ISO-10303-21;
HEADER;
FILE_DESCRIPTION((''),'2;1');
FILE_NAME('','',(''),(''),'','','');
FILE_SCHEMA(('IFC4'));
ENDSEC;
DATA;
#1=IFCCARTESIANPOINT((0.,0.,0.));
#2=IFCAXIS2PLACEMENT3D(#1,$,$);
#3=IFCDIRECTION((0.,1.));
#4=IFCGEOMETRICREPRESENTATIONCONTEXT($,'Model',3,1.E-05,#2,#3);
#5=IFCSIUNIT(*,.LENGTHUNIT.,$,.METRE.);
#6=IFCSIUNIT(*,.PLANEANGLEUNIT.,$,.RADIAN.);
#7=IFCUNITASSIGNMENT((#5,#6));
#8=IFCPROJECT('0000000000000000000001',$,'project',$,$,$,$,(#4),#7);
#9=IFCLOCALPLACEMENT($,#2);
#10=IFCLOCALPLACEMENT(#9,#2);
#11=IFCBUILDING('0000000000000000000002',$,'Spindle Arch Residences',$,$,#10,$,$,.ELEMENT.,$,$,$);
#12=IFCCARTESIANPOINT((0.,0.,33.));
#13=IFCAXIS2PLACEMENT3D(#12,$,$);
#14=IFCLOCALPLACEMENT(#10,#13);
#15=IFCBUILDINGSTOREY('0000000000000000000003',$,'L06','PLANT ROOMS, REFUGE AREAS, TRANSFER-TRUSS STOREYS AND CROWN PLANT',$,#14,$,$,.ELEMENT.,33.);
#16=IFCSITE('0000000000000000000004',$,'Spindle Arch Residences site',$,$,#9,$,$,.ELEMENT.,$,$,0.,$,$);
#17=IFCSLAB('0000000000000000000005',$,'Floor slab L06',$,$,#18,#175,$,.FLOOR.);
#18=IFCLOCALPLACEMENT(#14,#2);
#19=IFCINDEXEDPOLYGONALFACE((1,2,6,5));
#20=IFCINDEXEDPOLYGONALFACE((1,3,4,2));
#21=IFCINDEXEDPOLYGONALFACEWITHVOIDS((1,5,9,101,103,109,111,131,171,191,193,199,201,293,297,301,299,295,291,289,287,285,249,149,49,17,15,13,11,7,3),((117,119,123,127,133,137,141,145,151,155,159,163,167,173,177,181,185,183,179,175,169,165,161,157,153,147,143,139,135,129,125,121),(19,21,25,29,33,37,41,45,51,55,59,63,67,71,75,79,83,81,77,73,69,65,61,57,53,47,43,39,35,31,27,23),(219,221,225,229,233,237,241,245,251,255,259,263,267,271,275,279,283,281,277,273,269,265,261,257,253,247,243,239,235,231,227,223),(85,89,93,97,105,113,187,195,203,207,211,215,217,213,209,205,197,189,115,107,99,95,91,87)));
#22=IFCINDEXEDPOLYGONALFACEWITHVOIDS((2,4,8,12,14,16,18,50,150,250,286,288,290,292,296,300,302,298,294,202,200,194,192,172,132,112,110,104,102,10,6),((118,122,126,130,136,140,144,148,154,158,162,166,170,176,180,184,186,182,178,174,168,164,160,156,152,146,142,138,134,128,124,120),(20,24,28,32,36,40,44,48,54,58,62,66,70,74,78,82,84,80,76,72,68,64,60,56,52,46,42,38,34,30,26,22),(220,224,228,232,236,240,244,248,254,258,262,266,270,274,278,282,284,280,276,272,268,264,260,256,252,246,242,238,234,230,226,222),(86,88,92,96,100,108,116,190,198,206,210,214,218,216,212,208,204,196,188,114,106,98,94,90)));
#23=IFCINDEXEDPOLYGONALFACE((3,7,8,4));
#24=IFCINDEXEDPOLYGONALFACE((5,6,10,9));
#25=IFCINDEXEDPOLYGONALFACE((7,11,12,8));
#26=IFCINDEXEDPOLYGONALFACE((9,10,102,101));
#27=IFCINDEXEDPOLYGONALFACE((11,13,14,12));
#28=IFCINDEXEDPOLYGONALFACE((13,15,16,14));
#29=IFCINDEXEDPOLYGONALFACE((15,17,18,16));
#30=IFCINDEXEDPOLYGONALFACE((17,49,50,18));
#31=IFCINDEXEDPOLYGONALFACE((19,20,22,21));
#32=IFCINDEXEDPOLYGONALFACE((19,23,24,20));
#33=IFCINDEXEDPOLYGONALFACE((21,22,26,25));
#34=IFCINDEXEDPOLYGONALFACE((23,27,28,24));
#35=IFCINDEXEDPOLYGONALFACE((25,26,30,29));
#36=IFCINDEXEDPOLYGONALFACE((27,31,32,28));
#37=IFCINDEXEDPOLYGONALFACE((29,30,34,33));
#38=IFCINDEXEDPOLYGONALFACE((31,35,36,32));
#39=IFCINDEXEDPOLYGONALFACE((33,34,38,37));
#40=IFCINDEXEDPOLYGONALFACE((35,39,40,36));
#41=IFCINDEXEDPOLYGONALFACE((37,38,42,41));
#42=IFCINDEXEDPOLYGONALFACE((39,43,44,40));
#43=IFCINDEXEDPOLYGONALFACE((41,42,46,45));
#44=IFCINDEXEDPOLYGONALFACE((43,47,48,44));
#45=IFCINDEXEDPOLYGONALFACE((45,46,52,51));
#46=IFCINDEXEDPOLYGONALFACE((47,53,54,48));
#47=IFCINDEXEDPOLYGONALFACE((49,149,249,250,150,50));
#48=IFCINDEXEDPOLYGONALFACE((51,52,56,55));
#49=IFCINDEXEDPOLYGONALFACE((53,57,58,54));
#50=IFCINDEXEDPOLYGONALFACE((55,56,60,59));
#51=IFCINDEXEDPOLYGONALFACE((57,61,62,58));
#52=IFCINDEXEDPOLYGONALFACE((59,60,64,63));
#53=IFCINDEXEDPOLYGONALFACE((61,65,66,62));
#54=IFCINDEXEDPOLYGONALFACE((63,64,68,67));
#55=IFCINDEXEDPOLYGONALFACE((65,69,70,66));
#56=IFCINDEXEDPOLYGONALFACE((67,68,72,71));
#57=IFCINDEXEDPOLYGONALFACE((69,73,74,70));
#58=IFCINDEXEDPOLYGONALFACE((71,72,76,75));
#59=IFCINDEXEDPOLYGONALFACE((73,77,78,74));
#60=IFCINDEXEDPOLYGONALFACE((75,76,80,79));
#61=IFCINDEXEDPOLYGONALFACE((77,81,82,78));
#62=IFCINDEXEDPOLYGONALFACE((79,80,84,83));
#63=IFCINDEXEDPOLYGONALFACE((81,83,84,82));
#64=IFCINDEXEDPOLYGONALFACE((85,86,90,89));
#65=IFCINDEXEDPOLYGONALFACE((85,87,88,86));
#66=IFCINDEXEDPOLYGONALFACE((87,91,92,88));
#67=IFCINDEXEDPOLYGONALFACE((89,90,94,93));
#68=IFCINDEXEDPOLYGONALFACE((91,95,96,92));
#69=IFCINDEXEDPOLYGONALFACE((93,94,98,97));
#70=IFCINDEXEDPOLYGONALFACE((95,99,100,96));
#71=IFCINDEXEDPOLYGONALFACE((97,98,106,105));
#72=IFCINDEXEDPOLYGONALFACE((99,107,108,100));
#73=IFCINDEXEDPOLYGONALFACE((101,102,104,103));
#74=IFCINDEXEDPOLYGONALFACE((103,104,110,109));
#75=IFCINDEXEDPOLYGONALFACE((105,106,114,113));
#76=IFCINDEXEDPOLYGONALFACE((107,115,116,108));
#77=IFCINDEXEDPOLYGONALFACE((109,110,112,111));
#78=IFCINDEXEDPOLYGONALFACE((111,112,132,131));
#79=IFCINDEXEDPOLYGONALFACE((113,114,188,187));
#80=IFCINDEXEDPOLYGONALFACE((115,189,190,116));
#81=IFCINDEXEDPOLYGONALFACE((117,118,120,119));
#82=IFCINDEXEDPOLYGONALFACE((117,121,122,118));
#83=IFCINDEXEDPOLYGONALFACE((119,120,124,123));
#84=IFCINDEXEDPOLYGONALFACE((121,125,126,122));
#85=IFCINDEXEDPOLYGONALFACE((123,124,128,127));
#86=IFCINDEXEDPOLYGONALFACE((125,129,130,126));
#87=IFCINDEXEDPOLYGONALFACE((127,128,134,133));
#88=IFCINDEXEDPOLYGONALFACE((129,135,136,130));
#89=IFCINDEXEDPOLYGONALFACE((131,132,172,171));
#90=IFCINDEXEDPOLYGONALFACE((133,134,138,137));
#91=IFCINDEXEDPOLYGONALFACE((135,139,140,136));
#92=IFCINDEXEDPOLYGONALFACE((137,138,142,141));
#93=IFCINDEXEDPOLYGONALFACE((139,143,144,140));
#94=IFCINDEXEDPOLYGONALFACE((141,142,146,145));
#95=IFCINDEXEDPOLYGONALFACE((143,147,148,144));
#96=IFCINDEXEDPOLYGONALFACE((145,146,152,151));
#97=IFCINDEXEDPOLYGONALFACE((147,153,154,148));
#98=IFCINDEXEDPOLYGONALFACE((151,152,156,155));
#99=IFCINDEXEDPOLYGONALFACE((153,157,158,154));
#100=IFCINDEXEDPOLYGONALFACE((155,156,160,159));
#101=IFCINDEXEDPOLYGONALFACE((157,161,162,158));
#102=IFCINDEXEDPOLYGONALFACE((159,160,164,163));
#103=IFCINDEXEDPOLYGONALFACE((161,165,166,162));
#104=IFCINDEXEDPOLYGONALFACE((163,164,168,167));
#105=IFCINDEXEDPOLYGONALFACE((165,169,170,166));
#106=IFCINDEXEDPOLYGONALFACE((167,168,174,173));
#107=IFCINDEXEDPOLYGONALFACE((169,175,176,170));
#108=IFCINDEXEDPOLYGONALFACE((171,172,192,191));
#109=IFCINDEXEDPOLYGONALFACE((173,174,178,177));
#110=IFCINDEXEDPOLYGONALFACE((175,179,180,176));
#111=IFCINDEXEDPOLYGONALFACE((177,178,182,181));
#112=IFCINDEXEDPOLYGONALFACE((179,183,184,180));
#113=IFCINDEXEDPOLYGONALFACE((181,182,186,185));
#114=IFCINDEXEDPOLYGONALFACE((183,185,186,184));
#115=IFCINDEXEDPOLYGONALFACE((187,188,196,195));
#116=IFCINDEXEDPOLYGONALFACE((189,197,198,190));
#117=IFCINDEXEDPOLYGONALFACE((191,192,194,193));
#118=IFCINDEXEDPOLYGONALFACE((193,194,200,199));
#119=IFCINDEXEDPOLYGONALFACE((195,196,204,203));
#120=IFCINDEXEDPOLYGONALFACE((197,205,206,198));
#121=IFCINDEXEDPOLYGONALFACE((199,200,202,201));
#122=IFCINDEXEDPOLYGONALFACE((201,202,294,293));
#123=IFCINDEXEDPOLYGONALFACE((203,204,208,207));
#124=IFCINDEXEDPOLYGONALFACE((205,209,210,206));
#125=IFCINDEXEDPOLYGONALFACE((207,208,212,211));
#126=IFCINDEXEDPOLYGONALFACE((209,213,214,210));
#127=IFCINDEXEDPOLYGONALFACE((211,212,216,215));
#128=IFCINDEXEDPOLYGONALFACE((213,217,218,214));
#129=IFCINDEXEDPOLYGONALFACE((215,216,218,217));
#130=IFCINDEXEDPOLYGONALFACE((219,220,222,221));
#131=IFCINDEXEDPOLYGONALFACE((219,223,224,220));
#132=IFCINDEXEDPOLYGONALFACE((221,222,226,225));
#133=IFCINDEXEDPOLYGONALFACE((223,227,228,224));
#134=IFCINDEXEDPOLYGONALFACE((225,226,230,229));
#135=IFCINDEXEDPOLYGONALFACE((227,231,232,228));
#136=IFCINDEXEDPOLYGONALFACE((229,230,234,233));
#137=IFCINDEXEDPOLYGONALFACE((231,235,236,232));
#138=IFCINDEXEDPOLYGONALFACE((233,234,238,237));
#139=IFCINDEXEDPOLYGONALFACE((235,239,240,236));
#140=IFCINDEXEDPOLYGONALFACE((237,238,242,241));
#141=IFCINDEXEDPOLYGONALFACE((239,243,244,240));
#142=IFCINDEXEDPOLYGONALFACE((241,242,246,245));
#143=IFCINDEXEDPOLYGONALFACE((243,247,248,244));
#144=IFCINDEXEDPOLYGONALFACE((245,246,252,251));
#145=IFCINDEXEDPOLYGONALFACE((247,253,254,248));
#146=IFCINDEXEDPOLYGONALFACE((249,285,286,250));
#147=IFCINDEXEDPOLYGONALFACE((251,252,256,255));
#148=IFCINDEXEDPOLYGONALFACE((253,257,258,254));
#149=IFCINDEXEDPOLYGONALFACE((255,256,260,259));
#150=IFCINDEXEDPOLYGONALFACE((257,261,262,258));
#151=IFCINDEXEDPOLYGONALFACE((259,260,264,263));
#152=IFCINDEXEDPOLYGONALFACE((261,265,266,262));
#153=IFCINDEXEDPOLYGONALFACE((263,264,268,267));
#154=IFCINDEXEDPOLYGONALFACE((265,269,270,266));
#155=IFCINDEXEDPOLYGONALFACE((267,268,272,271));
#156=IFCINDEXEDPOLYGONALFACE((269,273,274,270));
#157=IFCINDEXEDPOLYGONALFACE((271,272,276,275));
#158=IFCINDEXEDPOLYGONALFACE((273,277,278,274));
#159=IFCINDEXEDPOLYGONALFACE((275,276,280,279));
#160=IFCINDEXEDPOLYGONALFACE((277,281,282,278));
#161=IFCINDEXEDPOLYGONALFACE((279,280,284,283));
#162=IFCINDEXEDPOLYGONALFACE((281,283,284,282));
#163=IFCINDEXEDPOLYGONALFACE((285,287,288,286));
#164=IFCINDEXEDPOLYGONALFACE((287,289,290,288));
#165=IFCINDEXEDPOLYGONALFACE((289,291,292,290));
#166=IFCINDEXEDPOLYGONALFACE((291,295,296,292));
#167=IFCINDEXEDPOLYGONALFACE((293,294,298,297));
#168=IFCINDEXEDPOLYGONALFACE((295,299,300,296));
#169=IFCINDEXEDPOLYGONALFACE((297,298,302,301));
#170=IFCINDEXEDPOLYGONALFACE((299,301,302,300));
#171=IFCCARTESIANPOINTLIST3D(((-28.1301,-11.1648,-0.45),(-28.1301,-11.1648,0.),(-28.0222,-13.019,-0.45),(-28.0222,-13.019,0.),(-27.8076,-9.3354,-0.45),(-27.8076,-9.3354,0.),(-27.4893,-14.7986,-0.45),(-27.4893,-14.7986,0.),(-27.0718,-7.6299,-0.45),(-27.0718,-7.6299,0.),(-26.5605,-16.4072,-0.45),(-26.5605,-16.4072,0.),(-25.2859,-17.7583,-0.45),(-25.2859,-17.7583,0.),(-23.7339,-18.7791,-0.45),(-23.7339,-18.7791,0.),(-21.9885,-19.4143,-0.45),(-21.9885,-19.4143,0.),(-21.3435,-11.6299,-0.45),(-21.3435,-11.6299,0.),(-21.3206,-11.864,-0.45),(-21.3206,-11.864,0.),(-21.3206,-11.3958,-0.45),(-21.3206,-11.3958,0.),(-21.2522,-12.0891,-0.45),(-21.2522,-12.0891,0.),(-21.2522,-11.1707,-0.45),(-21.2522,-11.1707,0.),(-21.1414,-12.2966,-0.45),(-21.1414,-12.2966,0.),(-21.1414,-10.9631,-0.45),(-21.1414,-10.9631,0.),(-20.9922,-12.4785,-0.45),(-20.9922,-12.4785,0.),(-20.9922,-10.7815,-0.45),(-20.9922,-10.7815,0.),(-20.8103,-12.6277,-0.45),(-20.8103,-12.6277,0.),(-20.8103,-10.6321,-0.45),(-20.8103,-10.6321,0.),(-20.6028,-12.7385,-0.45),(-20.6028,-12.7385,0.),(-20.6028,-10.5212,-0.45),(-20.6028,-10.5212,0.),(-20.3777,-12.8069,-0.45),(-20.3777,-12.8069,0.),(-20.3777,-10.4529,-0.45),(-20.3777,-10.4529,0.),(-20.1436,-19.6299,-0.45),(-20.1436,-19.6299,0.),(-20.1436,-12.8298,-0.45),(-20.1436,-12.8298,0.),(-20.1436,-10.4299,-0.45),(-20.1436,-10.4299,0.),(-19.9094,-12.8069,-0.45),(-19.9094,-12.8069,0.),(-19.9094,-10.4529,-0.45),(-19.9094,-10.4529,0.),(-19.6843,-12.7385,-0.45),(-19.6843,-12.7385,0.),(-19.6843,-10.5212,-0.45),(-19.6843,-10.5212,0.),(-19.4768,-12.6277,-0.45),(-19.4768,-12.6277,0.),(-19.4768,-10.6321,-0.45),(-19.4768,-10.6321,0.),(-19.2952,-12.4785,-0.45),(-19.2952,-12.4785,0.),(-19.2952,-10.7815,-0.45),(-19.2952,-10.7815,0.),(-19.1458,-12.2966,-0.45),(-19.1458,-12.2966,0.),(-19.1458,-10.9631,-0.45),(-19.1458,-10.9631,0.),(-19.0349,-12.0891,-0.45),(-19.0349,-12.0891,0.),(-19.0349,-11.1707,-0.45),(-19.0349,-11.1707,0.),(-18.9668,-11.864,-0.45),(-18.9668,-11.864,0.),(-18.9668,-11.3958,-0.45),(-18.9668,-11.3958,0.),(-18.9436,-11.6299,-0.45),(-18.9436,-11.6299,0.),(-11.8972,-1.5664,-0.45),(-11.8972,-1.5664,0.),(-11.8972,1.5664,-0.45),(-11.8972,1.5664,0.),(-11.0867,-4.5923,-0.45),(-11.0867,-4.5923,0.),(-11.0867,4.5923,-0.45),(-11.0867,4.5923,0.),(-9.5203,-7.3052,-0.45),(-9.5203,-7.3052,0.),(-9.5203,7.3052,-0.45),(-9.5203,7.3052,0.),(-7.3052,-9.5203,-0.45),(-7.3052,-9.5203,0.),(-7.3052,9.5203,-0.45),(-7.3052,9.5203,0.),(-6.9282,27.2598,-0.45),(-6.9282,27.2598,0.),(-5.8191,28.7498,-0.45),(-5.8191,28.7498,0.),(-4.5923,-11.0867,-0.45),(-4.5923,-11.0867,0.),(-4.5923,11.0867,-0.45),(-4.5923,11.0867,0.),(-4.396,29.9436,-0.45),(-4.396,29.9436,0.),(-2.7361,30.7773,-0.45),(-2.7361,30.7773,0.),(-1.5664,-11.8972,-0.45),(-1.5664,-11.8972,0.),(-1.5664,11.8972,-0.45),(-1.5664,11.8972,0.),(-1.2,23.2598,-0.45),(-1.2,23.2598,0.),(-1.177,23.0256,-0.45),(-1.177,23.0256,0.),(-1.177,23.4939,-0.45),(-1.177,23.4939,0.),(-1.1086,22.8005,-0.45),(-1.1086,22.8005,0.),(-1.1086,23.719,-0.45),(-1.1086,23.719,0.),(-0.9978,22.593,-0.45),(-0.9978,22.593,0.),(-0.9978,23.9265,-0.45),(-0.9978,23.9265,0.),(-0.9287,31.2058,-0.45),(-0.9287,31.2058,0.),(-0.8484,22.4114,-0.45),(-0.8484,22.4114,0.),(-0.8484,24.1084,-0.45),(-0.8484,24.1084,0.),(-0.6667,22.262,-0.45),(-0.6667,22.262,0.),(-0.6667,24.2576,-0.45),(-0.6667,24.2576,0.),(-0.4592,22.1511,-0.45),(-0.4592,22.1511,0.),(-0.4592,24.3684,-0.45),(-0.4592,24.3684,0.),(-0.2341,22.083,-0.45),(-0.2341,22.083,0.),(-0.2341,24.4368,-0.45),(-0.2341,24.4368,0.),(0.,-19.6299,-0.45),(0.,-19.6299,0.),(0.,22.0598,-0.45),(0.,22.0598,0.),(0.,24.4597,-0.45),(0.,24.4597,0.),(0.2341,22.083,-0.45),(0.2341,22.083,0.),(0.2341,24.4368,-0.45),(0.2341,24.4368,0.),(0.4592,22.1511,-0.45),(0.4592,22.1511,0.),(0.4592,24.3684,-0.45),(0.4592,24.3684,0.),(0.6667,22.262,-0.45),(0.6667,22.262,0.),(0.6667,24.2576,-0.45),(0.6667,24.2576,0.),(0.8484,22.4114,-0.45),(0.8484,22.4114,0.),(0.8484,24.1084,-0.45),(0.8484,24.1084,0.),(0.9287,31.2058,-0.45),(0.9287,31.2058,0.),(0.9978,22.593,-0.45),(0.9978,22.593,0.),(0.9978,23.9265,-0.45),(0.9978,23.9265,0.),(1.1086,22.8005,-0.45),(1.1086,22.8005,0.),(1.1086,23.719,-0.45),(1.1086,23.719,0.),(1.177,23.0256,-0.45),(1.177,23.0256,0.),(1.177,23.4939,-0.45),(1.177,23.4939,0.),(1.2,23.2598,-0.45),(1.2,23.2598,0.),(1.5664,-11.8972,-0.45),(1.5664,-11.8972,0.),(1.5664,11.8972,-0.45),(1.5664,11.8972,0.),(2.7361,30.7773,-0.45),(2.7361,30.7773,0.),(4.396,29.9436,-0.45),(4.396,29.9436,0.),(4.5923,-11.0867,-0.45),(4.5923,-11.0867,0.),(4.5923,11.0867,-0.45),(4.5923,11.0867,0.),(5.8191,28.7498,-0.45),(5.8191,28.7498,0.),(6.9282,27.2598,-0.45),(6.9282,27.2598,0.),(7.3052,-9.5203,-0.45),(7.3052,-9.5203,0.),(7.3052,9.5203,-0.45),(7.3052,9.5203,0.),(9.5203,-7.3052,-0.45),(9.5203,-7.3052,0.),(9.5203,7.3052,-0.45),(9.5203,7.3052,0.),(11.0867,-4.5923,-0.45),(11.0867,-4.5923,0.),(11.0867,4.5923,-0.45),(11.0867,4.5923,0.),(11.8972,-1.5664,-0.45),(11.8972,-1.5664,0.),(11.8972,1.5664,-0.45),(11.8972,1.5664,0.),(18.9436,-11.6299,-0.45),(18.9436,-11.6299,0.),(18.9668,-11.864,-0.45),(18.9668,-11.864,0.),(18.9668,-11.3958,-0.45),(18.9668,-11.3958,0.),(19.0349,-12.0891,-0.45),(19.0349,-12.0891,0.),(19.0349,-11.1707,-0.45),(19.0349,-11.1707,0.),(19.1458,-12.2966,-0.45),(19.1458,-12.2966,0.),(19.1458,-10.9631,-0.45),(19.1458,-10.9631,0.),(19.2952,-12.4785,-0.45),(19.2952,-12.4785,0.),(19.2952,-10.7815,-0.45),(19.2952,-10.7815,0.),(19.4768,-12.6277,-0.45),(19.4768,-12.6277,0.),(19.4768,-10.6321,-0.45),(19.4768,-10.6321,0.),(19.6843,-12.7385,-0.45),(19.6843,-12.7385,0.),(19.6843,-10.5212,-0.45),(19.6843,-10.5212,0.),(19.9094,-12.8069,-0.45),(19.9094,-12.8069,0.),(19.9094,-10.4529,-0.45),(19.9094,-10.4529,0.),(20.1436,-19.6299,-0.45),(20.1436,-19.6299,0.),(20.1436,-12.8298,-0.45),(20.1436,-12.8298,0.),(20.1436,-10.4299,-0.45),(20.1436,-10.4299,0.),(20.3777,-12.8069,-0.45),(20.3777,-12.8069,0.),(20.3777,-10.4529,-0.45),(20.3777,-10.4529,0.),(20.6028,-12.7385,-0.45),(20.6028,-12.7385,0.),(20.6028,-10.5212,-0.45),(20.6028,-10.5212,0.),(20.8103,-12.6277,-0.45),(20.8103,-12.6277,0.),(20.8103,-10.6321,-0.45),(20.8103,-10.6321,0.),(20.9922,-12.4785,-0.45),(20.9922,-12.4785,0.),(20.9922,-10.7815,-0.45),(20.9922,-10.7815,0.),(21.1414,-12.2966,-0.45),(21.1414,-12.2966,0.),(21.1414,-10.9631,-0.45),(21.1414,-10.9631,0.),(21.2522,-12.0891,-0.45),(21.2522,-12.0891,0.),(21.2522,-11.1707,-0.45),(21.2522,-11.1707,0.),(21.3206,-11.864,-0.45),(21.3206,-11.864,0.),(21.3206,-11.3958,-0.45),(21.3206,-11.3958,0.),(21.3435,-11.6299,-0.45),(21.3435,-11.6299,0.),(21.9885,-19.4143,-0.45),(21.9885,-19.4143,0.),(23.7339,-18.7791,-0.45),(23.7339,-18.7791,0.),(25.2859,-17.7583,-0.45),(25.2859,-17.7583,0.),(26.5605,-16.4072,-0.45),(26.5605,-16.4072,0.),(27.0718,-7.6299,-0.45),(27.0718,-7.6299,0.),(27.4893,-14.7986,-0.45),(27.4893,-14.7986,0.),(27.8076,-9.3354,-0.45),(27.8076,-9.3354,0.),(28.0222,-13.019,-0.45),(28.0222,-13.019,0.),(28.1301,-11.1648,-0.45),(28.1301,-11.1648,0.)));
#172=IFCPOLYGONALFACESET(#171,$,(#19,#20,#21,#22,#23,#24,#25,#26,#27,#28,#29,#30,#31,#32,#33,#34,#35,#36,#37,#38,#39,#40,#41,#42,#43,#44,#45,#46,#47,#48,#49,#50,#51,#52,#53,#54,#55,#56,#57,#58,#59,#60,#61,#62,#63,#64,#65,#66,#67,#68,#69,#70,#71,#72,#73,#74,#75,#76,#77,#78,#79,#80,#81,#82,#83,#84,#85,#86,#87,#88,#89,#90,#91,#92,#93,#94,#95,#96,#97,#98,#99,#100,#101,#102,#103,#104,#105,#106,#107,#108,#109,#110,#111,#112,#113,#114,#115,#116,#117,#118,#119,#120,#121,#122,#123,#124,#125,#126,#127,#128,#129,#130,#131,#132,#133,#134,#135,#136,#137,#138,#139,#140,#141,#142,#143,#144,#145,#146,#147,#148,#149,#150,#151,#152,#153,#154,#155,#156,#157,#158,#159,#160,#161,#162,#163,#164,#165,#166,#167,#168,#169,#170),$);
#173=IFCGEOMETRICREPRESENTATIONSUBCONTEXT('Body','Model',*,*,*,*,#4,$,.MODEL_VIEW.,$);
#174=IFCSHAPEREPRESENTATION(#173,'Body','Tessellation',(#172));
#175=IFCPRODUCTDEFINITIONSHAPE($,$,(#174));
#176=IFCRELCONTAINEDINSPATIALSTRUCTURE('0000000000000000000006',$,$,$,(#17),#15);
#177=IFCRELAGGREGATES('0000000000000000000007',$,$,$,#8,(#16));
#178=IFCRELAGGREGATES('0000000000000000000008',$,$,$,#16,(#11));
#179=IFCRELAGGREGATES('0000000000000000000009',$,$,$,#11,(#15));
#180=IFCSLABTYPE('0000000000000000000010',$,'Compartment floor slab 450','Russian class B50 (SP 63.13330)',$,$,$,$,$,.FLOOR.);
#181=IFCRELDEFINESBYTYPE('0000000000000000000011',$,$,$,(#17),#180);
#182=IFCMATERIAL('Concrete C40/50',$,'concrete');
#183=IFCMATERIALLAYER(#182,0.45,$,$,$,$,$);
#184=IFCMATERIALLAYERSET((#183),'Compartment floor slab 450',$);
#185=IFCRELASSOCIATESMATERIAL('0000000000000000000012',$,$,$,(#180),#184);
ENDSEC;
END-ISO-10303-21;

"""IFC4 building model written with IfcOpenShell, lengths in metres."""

from ifc_helpers import new_model, si_unit, direction, frame, origin, place, context, subcontext, project, spatial, polyline, outline, extrude, material, layer, layer_set, type_object, element, save


model = new_model("IFC4")

# Units and contexts
model_context = context("Model", 3, precision=1e-05, world=origin(), true_north=direction((0.0, 1.0)))
body_context = subcontext(model_context, "Body", "Model", "MODEL_VIEW")
ifc_project = project(units=[si_unit("LENGTHUNIT", "METRE"), si_unit("PLANEANGLEUNIT", "RADIAN")], contexts=[model_context])

# Site, building, storey
site_placement = place(None, origin())
site = spatial("IfcSite", under=ifc_project, at=site_placement, Name="Spindle Arch Residences site", CompositionType="ELEMENT", RefElevation=0.0)
building_placement = place(site_placement, origin())
building = spatial("IfcBuilding", under=site, at=building_placement, Name="Spindle Arch Residences", CompositionType="ELEMENT")
storey_placement = place(building_placement, frame((0.0, 0.0, 33.0)))
storey = spatial("IfcBuildingStorey", under=building, at=storey_placement, Name="L06", Description="PLANT ROOMS, REFUGE AREAS, TRANSFER-TRUSS STOREYS AND CROWN PLANT", CompositionType="ELEMENT", Elevation=33.0)

# Slab
ifc_material_1 = material(Name="Concrete C40/50", Category="concrete")
ifc_layer_1 = layer(ifc_material_1, 0.45)
ifc_layer_set_1 = layer_set([ifc_layer_1], Name="Compartment floor slab 450")
slab_type_1 = type_object("IfcSlabType", Name="Compartment floor slab 450", Description="Russian class B50 (SP 63.13330)", PredefinedType="FLOOR", material=ifc_layer_set_1)
slab_1_placement = place(storey_placement, frame((0.0, 0.0, -0.45)))
element("IfcSlab", 1, at=slab_1_placement, inside=storey, type_object=slab_type_1, Name="Floor slab L06", PredefinedType="FLOOR", context=body_context, shape_type="SweptSolid", body=[
    extrude(outline(polyline([(-21.9885, -19.4143), (-23.7339, -18.7791), (-25.2859, -17.7583), (-26.5605, -16.4072), (-27.4893, -14.7986), (-28.0222, -13.019), (-28.1301, -11.1648), (-27.8076, -9.3354), (-27.0718, -7.6299), (-6.9282, 27.2598), (-5.8191, 28.7498), (-4.396, 29.9436), (-2.7361, 30.7773), (-0.9287, 31.2058), (0.9287, 31.2058), (2.7361, 30.7773), (4.396, 29.9436), (5.8191, 28.7498), (6.9282, 27.2598), (27.0718, -7.6299), (27.8076, -9.3354), (28.1301, -11.1648), (28.0222, -13.019), (27.4893, -14.7986), (26.5605, -16.4072), (25.2859, -17.7583), (23.7339, -18.7791), (21.9885, -19.4143), (20.1436, -19.6299), (0.0, -19.6299), (-20.1436, -19.6299), (-21.9885, -19.4143)]), holes=[polyline([(7.3052, -9.5203), (9.5203, -7.3052), (11.0867, -4.5923), (11.8972, -1.5664), (11.8972, 1.5664), (11.0867, 4.5923), (9.5203, 7.3052), (7.3052, 9.5203), (4.5923, 11.0867), (1.5664, 11.8972), (-1.5664, 11.8972), (-4.5923, 11.0867), (-7.3052, 9.5203), (-9.5203, 7.3052), (-11.0867, 4.5923), (-11.8972, 1.5664), (-11.8972, -1.5664), (-11.0867, -4.5923), (-9.5203, -7.3052), (-7.3052, -9.5203), (-4.5923, -11.0867), (-1.5664, -11.8972), (1.5664, -11.8972), (4.5923, -11.0867), (7.3052, -9.5203)]), polyline([(-19.1458, -12.2966), (-19.0349, -12.0891), (-18.9668, -11.864), (-18.9436, -11.6299), (-18.9668, -11.3958), (-19.0349, -11.1707), (-19.1458, -10.9631), (-19.2952, -10.7815), (-19.4768, -10.6321), (-19.6843, -10.5212), (-19.9094, -10.4529), (-20.1436, -10.4299), (-20.3777, -10.4529), (-20.6028, -10.5212), (-20.8103, -10.6321), (-20.9922, -10.7815), (-21.1414, -10.9631), (-21.2522, -11.1707), (-21.3206, -11.3958), (-21.3435, -11.6299), (-21.3206, -11.864), (-21.2522, -12.0891), (-21.1414, -12.2966), (-20.9922, -12.4785), (-20.8103, -12.6277), (-20.6028, -12.7385), (-20.3777, -12.8069), (-20.1436, -12.8298), (-19.9094, -12.8069), (-19.6843, -12.7385), (-19.4768, -12.6277), (-19.2952, -12.4785), (-19.1458, -12.2966)]), polyline([(0.8484, 22.4114), (0.9978, 22.593), (1.1086, 22.8005), (1.177, 23.0256), (1.2, 23.2598), (1.177, 23.4939), (1.1086, 23.719), (0.9978, 23.9265), (0.8484, 24.1084), (0.6667, 24.2576), (0.4592, 24.3684), (0.2341, 24.4368), (0.0, 24.4597), (-0.2341, 24.4368), (-0.4592, 24.3684), (-0.6667, 24.2576), (-0.8484, 24.1084), (-0.9978, 23.9265), (-1.1086, 23.719), (-1.177, 23.4939), (-1.2, 23.2598), (-1.177, 23.0256), (-1.1086, 22.8005), (-0.9978, 22.593), (-0.8484, 22.4114), (-0.6667, 22.262), (-0.4592, 22.1511), (-0.2341, 22.083), (0.0, 22.0598), (0.2341, 22.083), (0.4592, 22.1511), (0.6667, 22.262), (0.8484, 22.4114)]), polyline([(20.9922, -12.4785), (21.1414, -12.2966), (21.2522, -12.0891), (21.3206, -11.864), (21.3435, -11.6299), (21.3206, -11.3958), (21.2522, -11.1707), (21.1414, -10.9631), (20.9922, -10.7815), (20.8103, -10.6321), (20.6028, -10.5212), (20.3777, -10.4529), (20.1436, -10.4299), (19.9094, -10.4529), (19.6843, -10.5212), (19.4768, -10.6321), (19.2952, -10.7815), (19.1458, -10.9631), (19.0349, -11.1707), (18.9668, -11.3958), (18.9436, -11.6299), (18.9668, -11.864), (19.0349, -12.0891), (19.1458, -12.2966), (19.2952, -12.4785), (19.4768, -12.6277), (19.6843, -12.7385), (19.9094, -12.8069), (20.1436, -12.8298), (20.3777, -12.8069), (20.6028, -12.7385), (20.8103, -12.6277), (20.9922, -12.4785)])]), origin(), (0.0, 0.0, 1.0), 0.45),
])

save(model, "model.ifc")
